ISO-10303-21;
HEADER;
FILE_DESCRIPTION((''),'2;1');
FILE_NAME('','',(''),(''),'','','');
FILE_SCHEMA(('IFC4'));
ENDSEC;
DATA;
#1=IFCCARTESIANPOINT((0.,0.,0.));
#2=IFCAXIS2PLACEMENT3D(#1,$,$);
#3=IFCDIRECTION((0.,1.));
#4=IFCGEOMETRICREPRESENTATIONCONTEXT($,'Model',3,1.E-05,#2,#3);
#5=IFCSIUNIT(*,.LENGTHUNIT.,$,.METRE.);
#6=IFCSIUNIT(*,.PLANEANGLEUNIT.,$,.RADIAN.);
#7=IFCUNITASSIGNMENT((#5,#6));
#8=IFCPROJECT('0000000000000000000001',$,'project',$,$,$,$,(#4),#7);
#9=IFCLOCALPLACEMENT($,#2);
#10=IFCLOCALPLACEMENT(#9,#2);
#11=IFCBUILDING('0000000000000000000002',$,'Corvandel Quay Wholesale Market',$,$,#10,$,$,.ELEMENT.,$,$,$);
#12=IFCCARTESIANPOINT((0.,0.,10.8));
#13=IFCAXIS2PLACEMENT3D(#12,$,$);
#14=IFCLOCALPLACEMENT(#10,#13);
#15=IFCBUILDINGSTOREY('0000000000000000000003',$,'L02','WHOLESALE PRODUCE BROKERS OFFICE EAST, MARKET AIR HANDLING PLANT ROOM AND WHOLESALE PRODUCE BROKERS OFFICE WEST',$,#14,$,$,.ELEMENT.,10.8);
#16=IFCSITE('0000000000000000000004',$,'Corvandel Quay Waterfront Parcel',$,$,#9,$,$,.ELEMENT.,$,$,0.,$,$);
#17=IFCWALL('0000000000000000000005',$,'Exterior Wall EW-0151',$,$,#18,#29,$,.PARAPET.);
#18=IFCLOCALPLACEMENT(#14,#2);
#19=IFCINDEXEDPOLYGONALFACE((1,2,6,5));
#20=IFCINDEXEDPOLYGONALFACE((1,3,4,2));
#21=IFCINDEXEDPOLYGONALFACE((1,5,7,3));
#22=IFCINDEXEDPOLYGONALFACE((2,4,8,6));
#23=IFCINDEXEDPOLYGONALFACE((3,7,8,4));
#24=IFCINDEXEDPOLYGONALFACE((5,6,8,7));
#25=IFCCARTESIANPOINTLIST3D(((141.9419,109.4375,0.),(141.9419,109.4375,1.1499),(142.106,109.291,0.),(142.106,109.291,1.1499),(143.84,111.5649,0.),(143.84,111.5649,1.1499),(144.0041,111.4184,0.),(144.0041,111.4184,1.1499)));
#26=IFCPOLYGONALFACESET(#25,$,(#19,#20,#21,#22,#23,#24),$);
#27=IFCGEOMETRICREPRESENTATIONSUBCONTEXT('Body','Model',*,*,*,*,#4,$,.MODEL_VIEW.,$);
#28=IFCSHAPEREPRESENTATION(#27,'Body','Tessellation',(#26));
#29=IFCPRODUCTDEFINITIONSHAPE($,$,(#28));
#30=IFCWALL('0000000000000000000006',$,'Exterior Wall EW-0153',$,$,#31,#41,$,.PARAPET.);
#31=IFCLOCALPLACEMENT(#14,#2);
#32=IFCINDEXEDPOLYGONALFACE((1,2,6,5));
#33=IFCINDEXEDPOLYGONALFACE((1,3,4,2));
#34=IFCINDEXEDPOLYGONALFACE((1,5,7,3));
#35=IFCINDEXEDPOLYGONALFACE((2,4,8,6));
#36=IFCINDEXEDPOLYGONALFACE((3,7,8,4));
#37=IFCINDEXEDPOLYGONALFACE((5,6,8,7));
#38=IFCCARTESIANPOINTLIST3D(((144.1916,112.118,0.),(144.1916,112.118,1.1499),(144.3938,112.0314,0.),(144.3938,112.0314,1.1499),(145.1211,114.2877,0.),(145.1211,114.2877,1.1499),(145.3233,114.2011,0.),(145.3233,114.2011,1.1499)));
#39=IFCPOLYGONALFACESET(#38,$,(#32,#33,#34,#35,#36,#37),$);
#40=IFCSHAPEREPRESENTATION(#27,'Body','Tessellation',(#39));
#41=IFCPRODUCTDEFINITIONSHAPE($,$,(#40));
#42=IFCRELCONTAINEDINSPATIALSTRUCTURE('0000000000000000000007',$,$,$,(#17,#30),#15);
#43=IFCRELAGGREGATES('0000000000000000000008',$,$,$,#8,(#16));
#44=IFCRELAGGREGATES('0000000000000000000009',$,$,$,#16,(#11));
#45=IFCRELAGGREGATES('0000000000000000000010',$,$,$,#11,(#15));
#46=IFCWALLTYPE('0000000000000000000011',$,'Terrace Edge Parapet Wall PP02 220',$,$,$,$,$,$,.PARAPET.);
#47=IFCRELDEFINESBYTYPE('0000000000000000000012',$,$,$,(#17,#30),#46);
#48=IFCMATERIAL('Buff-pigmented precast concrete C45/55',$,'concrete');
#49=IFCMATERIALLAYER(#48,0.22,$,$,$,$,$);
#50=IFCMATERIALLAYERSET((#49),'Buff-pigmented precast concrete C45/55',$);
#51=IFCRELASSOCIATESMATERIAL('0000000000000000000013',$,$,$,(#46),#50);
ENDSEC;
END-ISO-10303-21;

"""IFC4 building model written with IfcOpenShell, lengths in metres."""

from ifc_helpers import new_model, si_unit, direction, frame, frame_2d, origin, place, context, subcontext, project, spatial, rectangle, extrude, material, layer, layer_set, type_object, element, save


model = new_model("IFC4")

# Units and contexts
model_context = context("Model", 3, precision=1e-05, world=origin(), true_north=direction((0.0, 1.0)))
body_context = subcontext(model_context, "Body", "Model", "MODEL_VIEW")
ifc_project = project(units=[si_unit("LENGTHUNIT", "METRE"), si_unit("PLANEANGLEUNIT", "RADIAN")], contexts=[model_context])

# Site, building, storey
site_placement = place(None, origin())
site = spatial("IfcSite", under=ifc_project, at=site_placement, Name="Corvandel Quay Waterfront Parcel", CompositionType="ELEMENT", RefElevation=0.0)
building_placement = place(site_placement, origin())
building = spatial("IfcBuilding", under=site, at=building_placement, Name="Corvandel Quay Wholesale Market", CompositionType="ELEMENT")
storey_placement = place(building_placement, frame((0.0, 0.0, 10.8)))
storey = spatial("IfcBuildingStorey", under=building, at=storey_placement, Name="L02", Description="WHOLESALE PRODUCE BROKERS OFFICE EAST, MARKET AIR HANDLING PLANT ROOM AND WHOLESALE PRODUCE BROKERS OFFICE WEST", CompositionType="ELEMENT", Elevation=10.8)

# Walls
ifc_material_1 = material(Name="Buff-pigmented precast concrete C45/55", Category="concrete")
ifc_layer_1 = layer(ifc_material_1, 0.22)
ifc_layer_set_1 = layer_set([ifc_layer_1], Name="Buff-pigmented precast concrete C45/55")
wall_type = type_object("IfcWallType", Name="Terrace Edge Parapet Wall PP02 220", PredefinedType="PARAPET", material=ifc_layer_set_1)
wall_1_placement = place(storey_placement, frame((142.0239, 109.3643, 0.0), z_axis=(0.0, 0.0, 1.0), x_axis=(0.66576, 0.746166, 0.0)))
element("IfcWall", 1, at=wall_1_placement, inside=storey, type_object=wall_type, Name="Exterior Wall EW-0151", PredefinedType="PARAPET", context=body_context, shape_type="SweptSolid", body=[
    extrude(rectangle(XDim=2.8511, YDim=0.22, at=frame_2d((1.4255, 0.0))), origin(), (0.0, 0.0, 1.0), 1.1499),
])
wall_2_placement = place(storey_placement, frame((144.2927, 112.0747, 0.0), z_axis=(0.0, 0.0, 1.0), x_axis=(0.393769, 0.919209, 0.0)))
element("IfcWall", 2, at=wall_2_placement, inside=storey, type_object=wall_type, Name="Exterior Wall EW-0153", PredefinedType="PARAPET", context=body_context, shape_type="SweptSolid", body=[
    extrude(rectangle(XDim=2.3604, YDim=0.22, at=frame_2d((1.1802, 0.0))), origin(), (0.0, 0.0, 1.0), 1.1499),
])

save(model, "model.ifc")
